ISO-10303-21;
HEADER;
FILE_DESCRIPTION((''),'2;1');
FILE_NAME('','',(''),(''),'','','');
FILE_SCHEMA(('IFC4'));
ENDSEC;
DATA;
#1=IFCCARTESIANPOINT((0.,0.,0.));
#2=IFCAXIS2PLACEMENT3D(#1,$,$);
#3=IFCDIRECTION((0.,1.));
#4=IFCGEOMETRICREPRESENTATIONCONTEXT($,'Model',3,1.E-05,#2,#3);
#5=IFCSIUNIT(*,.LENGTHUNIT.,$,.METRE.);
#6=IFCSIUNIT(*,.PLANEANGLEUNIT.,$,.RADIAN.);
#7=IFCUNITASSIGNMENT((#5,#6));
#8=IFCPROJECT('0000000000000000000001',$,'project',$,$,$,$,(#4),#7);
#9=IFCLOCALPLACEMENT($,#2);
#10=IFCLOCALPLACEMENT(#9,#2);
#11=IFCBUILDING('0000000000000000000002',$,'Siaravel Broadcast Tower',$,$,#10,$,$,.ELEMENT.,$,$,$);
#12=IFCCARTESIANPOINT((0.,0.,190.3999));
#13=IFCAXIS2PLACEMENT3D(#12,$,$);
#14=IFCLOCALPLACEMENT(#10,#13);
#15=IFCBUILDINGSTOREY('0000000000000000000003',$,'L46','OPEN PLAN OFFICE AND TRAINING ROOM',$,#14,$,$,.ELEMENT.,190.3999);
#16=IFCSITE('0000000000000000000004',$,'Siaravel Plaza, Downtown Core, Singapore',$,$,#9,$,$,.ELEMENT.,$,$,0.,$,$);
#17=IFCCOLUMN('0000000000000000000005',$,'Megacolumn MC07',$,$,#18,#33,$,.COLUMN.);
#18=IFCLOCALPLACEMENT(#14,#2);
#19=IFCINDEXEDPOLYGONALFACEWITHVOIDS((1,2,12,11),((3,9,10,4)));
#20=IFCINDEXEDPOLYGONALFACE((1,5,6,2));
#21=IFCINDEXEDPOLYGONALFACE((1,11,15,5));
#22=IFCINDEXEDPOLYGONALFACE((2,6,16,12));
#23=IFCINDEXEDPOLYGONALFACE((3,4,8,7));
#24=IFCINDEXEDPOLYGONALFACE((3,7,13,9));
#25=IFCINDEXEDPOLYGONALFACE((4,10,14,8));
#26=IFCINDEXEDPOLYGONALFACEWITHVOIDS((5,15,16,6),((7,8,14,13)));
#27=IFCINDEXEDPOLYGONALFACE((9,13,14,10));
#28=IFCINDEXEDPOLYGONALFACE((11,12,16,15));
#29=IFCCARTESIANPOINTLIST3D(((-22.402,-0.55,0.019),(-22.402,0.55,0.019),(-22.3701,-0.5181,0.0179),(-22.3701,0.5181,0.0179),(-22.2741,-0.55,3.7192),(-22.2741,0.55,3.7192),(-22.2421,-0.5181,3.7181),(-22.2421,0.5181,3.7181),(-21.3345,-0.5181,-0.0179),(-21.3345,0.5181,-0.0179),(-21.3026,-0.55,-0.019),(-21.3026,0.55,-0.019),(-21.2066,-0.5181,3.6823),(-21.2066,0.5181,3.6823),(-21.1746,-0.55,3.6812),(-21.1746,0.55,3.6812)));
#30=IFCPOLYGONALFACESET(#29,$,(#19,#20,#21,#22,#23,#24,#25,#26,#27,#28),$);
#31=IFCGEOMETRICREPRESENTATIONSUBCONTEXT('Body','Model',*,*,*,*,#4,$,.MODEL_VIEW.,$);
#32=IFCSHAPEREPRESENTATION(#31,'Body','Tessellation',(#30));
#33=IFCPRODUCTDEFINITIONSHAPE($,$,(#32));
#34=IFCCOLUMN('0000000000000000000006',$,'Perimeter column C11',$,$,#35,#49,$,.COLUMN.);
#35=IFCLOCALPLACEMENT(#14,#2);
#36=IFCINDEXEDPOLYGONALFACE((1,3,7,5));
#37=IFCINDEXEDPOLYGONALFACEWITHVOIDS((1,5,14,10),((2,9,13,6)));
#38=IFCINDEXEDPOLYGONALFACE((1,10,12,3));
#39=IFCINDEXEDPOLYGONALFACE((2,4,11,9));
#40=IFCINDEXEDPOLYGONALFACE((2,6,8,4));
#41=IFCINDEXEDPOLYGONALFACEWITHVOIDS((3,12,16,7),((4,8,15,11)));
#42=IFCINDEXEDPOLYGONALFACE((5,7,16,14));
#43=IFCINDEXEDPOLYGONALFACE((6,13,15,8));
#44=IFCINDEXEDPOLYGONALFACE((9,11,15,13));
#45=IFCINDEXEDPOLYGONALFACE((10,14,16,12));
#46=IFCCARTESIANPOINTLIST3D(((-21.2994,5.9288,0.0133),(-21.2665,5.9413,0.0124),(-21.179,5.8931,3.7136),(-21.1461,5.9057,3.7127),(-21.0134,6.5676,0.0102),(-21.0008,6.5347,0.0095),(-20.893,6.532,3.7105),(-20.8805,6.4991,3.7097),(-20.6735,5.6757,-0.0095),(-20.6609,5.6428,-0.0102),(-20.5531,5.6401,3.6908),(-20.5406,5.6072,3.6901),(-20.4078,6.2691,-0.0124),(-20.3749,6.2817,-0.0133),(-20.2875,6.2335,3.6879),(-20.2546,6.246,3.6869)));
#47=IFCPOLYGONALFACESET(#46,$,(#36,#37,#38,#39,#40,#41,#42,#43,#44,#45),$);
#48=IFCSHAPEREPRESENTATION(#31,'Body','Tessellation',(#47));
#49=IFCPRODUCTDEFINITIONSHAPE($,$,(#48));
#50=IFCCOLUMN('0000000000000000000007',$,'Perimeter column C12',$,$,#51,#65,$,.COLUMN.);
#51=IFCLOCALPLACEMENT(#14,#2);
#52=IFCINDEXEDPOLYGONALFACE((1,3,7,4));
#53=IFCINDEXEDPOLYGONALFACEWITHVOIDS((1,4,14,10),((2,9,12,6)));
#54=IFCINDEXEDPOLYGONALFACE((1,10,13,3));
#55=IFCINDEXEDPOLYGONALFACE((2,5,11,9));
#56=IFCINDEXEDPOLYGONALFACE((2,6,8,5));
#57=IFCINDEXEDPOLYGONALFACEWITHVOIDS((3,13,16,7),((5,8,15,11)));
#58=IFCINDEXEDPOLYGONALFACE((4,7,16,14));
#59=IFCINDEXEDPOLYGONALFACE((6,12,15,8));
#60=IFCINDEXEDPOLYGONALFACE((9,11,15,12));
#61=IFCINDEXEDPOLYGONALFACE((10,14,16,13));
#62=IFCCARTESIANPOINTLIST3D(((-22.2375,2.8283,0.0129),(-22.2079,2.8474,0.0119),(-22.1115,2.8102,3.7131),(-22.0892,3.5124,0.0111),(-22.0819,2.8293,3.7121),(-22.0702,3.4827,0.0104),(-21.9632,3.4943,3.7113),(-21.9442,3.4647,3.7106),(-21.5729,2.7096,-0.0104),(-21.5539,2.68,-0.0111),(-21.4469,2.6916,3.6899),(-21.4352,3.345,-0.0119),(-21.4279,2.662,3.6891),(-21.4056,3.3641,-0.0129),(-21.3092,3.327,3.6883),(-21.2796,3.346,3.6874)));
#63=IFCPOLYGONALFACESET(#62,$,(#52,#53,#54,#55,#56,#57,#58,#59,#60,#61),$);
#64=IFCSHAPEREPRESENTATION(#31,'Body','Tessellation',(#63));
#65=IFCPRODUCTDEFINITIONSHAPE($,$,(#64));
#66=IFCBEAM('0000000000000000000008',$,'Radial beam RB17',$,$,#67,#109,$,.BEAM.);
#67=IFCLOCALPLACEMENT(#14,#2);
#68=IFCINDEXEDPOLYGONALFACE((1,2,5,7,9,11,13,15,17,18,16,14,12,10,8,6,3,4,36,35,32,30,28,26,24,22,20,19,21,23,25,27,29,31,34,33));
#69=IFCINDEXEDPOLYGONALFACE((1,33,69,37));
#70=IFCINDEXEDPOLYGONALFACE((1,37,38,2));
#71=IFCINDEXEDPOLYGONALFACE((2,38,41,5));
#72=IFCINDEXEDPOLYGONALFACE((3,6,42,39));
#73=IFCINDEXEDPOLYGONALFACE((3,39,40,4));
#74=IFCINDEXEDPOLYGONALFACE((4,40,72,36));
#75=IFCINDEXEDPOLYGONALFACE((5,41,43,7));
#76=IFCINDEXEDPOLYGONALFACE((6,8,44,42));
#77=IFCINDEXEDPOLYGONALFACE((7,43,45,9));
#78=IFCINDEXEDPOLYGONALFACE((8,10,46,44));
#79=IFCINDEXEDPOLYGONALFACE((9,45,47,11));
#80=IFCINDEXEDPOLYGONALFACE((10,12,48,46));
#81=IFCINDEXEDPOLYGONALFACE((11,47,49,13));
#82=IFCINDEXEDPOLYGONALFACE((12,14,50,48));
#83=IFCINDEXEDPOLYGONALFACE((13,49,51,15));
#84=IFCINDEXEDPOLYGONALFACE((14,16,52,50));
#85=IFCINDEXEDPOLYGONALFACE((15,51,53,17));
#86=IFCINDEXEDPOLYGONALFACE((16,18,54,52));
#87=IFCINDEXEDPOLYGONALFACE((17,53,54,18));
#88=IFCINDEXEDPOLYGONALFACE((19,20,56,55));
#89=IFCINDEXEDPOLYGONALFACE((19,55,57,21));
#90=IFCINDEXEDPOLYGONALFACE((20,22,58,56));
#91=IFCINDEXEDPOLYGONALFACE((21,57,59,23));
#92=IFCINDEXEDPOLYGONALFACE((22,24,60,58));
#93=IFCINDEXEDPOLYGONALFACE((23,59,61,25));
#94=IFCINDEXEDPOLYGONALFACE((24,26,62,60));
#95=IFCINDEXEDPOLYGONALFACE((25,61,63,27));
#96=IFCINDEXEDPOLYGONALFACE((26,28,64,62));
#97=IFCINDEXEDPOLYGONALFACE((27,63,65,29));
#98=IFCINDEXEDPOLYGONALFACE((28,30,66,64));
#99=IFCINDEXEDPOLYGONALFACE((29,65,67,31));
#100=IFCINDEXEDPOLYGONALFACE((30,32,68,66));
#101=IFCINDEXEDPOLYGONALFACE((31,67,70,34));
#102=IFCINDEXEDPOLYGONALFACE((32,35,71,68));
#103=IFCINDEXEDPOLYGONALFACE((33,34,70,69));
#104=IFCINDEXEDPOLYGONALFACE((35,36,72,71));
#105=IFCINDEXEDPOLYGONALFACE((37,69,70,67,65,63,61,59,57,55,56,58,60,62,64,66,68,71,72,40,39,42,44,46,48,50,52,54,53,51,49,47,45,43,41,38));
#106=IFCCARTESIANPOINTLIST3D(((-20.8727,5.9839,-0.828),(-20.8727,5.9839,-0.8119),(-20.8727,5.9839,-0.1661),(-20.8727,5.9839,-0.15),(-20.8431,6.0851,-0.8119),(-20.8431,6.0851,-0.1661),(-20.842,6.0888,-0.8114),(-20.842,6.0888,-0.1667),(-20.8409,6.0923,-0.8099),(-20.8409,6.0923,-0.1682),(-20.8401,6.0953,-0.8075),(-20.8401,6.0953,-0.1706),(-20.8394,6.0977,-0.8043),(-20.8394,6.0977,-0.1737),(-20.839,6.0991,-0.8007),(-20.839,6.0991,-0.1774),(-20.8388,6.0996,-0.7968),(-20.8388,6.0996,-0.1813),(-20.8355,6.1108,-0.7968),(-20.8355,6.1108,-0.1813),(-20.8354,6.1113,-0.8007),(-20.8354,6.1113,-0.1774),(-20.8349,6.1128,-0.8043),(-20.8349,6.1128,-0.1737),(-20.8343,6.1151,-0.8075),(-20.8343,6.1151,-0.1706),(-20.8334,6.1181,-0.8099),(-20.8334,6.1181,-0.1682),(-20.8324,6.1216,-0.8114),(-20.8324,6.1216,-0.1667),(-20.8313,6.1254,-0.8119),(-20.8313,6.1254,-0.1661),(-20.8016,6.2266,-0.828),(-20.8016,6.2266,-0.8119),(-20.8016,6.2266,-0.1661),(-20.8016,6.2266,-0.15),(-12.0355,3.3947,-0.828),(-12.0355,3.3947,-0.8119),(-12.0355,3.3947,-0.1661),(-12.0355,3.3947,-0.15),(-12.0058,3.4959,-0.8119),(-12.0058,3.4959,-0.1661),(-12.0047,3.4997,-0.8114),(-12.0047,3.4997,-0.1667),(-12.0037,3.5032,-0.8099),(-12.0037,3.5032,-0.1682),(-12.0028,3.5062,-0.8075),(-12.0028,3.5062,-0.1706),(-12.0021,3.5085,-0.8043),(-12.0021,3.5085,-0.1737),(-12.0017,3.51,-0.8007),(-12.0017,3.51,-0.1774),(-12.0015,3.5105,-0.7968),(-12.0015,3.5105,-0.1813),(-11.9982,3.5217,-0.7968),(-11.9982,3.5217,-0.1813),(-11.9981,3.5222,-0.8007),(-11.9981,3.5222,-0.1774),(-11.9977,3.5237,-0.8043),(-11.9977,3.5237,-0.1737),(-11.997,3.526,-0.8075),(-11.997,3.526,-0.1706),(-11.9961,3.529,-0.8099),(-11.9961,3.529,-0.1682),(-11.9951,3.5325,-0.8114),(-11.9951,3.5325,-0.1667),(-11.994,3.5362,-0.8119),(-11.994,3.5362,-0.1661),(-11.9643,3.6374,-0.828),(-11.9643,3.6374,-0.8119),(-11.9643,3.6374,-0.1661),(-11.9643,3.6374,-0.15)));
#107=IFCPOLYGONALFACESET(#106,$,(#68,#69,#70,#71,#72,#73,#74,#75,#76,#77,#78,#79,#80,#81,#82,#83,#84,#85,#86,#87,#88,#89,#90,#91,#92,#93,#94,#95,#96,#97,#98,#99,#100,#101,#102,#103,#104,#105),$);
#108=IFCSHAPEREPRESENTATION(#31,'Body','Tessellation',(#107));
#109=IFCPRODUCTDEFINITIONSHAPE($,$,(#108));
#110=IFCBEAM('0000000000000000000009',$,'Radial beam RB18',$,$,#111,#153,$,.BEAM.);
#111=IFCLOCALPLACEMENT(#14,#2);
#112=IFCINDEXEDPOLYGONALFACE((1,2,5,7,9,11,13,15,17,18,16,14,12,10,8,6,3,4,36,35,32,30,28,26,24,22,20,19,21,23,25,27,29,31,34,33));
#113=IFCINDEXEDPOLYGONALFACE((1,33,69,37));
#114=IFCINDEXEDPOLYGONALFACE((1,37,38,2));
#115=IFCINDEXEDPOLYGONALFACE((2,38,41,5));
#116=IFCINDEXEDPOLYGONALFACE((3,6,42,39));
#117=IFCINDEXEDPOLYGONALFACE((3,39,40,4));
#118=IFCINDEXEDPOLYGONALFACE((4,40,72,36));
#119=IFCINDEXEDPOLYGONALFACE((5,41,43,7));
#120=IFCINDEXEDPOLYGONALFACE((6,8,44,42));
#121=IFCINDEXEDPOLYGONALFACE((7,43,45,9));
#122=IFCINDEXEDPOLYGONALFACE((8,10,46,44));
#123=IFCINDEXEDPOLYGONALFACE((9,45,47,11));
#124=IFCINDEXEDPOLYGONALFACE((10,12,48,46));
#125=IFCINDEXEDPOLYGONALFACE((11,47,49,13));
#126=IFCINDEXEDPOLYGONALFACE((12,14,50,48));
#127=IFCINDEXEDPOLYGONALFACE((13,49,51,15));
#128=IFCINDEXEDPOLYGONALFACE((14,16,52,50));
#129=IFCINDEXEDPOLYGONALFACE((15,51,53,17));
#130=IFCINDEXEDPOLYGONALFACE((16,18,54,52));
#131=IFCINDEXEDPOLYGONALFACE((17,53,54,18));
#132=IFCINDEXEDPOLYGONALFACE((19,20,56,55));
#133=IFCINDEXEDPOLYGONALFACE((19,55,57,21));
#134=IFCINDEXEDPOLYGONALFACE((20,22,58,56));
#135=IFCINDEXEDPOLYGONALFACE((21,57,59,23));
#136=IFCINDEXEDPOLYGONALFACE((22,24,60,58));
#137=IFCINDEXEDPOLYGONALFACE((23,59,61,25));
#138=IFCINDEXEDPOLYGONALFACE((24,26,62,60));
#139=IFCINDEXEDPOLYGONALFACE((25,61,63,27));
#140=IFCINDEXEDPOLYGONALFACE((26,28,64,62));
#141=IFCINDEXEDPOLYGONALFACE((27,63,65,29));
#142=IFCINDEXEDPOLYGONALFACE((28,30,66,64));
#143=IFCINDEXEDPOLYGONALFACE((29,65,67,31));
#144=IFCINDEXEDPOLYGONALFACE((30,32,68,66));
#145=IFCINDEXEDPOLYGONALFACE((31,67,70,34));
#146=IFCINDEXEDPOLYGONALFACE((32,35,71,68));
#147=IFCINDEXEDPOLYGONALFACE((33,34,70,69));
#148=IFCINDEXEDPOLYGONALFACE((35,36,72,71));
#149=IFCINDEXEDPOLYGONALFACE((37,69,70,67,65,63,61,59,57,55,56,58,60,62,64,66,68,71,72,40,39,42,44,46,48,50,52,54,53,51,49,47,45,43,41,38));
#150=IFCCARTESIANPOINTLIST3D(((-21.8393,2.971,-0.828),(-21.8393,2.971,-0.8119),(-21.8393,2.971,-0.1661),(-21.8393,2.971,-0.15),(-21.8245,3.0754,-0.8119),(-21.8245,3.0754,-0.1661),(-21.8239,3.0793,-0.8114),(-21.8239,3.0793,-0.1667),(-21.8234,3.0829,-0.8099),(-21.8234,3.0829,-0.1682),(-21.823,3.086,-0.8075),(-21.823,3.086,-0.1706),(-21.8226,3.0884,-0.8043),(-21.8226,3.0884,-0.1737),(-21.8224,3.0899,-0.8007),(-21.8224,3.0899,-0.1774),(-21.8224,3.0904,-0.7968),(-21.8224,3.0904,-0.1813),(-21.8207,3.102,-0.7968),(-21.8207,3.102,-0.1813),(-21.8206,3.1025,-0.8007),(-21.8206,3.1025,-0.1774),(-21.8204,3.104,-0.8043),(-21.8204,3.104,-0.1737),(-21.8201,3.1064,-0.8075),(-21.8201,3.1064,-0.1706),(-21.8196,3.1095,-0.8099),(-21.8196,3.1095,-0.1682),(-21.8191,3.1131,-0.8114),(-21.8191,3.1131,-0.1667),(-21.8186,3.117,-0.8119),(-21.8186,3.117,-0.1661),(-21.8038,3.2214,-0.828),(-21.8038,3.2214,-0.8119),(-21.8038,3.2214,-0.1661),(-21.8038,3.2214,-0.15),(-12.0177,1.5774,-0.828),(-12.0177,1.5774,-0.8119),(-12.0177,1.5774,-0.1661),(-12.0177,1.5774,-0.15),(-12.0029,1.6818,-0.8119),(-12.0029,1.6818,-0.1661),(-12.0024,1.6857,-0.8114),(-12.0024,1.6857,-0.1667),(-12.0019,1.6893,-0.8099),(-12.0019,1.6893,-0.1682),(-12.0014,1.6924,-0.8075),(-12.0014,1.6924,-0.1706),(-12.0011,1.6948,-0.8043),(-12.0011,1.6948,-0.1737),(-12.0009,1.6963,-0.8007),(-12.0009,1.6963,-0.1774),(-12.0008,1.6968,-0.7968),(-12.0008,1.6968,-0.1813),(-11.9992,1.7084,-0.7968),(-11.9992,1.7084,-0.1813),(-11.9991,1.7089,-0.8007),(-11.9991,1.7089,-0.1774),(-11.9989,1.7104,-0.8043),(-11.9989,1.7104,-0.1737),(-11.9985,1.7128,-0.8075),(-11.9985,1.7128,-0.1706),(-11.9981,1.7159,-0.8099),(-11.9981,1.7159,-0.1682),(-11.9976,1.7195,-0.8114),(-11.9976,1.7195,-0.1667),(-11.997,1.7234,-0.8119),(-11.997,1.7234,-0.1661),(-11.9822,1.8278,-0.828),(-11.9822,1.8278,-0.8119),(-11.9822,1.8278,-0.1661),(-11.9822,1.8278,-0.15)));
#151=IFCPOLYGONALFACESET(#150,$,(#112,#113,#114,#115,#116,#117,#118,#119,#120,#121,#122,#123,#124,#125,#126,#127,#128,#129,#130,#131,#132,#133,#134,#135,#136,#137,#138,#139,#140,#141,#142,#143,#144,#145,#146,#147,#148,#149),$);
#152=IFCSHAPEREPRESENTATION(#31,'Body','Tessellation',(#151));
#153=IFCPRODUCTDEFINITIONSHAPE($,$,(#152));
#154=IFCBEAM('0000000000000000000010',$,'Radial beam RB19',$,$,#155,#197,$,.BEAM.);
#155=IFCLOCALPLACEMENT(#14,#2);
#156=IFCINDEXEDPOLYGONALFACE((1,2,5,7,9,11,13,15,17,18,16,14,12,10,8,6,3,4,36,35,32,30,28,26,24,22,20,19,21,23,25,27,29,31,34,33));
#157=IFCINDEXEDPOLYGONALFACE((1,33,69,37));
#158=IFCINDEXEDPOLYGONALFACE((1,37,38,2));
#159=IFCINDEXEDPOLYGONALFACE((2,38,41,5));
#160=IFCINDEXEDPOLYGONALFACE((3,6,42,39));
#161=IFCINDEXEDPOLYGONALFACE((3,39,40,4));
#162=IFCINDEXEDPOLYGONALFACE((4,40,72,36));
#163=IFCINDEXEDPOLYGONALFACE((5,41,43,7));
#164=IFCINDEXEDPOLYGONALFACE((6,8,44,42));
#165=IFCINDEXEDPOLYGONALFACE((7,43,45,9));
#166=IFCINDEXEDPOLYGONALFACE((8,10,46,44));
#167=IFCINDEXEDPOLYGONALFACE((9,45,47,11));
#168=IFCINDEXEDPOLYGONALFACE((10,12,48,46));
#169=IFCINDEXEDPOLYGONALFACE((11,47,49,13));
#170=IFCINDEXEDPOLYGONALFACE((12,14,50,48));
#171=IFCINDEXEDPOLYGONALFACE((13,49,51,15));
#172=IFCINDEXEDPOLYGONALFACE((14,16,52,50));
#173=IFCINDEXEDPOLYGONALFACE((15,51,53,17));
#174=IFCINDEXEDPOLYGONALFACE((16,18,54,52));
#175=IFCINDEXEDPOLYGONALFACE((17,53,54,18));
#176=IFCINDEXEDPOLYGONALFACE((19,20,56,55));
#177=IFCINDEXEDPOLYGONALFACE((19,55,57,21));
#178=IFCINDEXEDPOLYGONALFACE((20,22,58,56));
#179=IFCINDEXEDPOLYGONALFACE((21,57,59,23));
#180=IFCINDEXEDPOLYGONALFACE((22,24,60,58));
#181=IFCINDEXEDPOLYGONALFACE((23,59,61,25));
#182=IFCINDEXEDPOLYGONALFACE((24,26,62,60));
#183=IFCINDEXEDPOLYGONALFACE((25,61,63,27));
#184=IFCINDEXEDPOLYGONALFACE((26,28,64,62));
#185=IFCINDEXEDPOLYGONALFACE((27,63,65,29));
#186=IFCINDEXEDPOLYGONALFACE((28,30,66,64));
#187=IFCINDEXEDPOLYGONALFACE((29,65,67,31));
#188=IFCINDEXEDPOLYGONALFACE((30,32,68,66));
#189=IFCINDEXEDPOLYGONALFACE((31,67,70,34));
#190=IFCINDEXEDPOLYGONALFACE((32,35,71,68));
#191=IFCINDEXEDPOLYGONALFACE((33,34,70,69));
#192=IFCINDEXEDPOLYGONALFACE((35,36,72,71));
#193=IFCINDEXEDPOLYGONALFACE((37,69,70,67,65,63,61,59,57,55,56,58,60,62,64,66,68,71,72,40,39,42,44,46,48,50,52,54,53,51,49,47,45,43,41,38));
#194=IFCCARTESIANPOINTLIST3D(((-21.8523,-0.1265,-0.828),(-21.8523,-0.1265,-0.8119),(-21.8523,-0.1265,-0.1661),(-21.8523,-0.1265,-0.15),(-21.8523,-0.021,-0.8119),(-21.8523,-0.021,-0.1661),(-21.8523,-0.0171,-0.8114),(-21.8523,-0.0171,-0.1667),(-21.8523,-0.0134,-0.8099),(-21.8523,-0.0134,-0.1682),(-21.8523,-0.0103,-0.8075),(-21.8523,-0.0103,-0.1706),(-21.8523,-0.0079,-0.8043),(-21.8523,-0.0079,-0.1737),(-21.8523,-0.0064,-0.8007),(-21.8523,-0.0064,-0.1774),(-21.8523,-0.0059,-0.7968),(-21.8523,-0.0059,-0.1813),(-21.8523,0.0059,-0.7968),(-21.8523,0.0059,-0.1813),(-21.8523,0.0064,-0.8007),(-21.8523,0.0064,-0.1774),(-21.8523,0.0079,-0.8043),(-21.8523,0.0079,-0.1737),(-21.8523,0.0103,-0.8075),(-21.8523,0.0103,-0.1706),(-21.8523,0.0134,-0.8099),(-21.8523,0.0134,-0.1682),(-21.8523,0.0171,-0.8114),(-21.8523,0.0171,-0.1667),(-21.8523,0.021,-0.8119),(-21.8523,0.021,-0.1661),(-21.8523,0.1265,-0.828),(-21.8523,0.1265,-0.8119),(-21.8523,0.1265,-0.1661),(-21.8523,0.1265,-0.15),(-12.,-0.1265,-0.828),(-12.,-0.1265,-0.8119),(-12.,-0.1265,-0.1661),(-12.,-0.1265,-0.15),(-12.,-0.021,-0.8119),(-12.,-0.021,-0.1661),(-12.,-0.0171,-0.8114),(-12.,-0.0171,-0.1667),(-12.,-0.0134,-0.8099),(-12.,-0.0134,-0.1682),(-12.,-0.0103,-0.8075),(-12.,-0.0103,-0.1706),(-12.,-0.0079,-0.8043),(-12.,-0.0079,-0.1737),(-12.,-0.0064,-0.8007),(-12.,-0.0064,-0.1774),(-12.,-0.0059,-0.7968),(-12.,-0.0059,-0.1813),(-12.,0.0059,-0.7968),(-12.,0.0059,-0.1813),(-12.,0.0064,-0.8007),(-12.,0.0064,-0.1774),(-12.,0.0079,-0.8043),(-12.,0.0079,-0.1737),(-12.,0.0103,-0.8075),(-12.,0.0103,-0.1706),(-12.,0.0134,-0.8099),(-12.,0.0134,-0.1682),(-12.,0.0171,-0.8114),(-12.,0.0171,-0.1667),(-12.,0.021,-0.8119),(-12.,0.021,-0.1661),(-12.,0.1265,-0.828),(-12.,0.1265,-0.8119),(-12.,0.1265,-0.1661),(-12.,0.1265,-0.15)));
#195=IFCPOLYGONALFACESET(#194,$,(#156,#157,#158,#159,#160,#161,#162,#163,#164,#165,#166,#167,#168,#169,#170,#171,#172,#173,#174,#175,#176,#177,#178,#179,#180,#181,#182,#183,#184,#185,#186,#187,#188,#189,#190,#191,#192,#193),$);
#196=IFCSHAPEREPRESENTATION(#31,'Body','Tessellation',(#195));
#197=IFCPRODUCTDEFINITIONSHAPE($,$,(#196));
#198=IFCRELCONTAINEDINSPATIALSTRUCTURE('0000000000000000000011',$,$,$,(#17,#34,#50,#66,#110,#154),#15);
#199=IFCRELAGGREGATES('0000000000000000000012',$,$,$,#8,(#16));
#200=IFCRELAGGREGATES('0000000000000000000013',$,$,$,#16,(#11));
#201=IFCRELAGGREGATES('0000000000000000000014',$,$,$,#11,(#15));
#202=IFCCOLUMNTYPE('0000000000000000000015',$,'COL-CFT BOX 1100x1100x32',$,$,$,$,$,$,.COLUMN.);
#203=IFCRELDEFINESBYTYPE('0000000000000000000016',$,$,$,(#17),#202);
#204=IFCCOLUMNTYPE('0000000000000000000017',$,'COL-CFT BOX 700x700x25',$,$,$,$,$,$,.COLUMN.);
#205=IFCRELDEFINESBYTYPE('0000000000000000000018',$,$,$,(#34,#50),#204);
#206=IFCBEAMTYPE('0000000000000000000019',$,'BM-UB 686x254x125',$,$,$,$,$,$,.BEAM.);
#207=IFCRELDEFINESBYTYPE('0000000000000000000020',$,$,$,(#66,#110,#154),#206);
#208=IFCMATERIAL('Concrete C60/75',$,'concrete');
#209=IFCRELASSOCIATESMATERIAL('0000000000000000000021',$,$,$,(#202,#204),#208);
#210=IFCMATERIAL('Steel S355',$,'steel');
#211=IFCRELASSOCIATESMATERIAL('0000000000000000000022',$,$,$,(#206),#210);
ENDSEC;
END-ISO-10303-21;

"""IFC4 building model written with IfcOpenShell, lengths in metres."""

from ifc_helpers import new_model, si_unit, direction, frame, origin, origin_2d, place, context, subcontext, project, spatial, hollow_rectangle, i_section, extrude, material, material_profile, profile_set, type_object, element, save


model = new_model("IFC4")

# Units and contexts
model_context = context("Model", 3, precision=1e-05, world=origin(), true_north=direction((0.0, 1.0)))
body_context = subcontext(model_context, "Body", "Model", "MODEL_VIEW")
ifc_project = project(units=[si_unit("LENGTHUNIT", "METRE"), si_unit("PLANEANGLEUNIT", "RADIAN")], contexts=[model_context])

# Site, building, storey
site_placement = place(None, origin())
site = spatial("IfcSite", under=ifc_project, at=site_placement, Name="Siaravel Plaza, Downtown Core, Singapore", CompositionType="ELEMENT", RefElevation=0.0)
building_placement = place(site_placement, origin())
building = spatial("IfcBuilding", under=site, at=building_placement, Name="Siaravel Broadcast Tower", CompositionType="ELEMENT")
storey_placement = place(building_placement, frame((0.0, 0.0, 190.3999)))
storey = spatial("IfcBuildingStorey", under=building, at=storey_placement, Name="L46", Description="OPEN PLAN OFFICE AND TRAINING ROOM", CompositionType="ELEMENT", Elevation=190.3999)

# Columns
ifc_material_1 = material(Name="Concrete C60/75", Category="concrete")
ifc_material_profile_1 = material_profile(ifc_material_1, hollow_rectangle(XDim=1.1001, YDim=1.1001, WallThickness=0.032, at=origin_2d()))
ifc_profile_set_1 = profile_set([ifc_material_profile_1], Name="Concrete C60/75")
column_type_1 = type_object("IfcColumnType", Name="COL-CFT BOX 1100x1100x32", PredefinedType="COLUMN", material=ifc_profile_set_1)
column_placement = place(storey_placement, frame((-21.8523, 0.0, 0.0), z_axis=(0.034553, 0.0, 0.999403), x_axis=(0.0, 1.0, 0.0)))
element("IfcColumn", 1, at=column_placement, inside=storey, type_object=column_type_1, Name="Megacolumn MC07", PredefinedType="COLUMN", context=body_context, shape_type="SweptSolid", body=[
    extrude(hollow_rectangle(XDim=1.1001, YDim=1.1001, WallThickness=0.032, at=origin_2d()), origin(), (0.0, 0.0, 1.0), 3.7024),
])
ifc_material_profile_2 = material_profile(ifc_material_1, hollow_rectangle(XDim=0.7, YDim=0.7, WallThickness=0.0249, at=origin_2d()))
ifc_profile_set_2 = profile_set([ifc_material_profile_2], Name="Concrete C60/75")
column_type_2 = type_object("IfcColumnType", Name="COL-CFT BOX 700x700x25", PredefinedType="COLUMN", material=ifc_profile_set_2)
for number, where, z_axis, x_axis, name in (
    (2, (-20.8372, 6.1052, 0.0), (0.03251, -0.009628, 0.999425), (0.408631, 0.912689, -0.0045), "Perimeter column C11"),
    (3, (-21.8215, 3.0962, 0.0), (0.034026, -0.00488, 0.999409), (0.211866, 0.977296, -0.002441), "Perimeter column C12"),
):
    element("IfcColumn", number, at=place(storey_placement, frame(where, z_axis=z_axis, x_axis=x_axis)), inside=storey, type_object=column_type_2, Name=name, PredefinedType="COLUMN", context=body_context, shape_type="SweptSolid", body=[
        extrude(hollow_rectangle(XDim=0.7, YDim=0.7, WallThickness=0.0249, at=origin_2d()), origin(), (0.0, 0.0, 1.0), 3.7024),
    ])

# Beams
ifc_material_2 = material(Name="Steel S355", Category="steel")
ifc_material_profile_3 = material_profile(ifc_material_2, i_section(OverallWidth=0.2529, OverallDepth=0.678, WebThickness=0.0117, FlangeThickness=0.0161, FilletRadius=0.0151, at=origin_2d()))
ifc_profile_set_3 = profile_set([ifc_material_profile_3], Name="Steel S355")
beam_type = type_object("IfcBeamType", Name="BM-UB 686x254x125", PredefinedType="BEAM", material=ifc_profile_set_3)
beam_1_placement = place(storey_placement, frame((-20.8372, 6.1052, -0.489), z_axis=(0.95966, -0.281161, 0.0), x_axis=(0.281161, 0.95966, 0.0)))
element("IfcBeam", 4, at=beam_1_placement, inside=storey, type_object=beam_type, Name="Radial beam RB17", PredefinedType="BEAM", context=body_context, shape_type="SweptSolid", body=[
    extrude(i_section(OverallWidth=0.2529, OverallDepth=0.678, WebThickness=0.0117, FlangeThickness=0.0161, FilletRadius=0.0151, at=origin_2d()), origin(), (0.0, 0.0, 1.0), 9.2087),
])
beam_2_placement = place(storey_placement, frame((-21.8215, 3.0962, -0.489), z_axis=(0.990083, -0.140481, 0.0), x_axis=(0.140481, 0.990083, 0.0)))
element("IfcBeam", 5, at=beam_2_placement, inside=storey, type_object=beam_type, Name="Radial beam RB18", PredefinedType="BEAM", context=body_context, shape_type="SweptSolid", body=[
    extrude(i_section(OverallWidth=0.2529, OverallDepth=0.678, WebThickness=0.0117, FlangeThickness=0.0161, FilletRadius=0.0151, at=origin_2d()), origin(), (0.0, 0.0, 1.0), 9.9199),
])
beam_3_placement = place(storey_placement, frame((-21.8523, 0.0, -0.489), z_axis=(1.0, 0.0, 0.0), x_axis=(0.0, 1.0, 0.0)))
element("IfcBeam", 6, at=beam_3_placement, inside=storey, type_object=beam_type, Name="Radial beam RB19", PredefinedType="BEAM", context=body_context, shape_type="SweptSolid", body=[
    extrude(i_section(OverallWidth=0.2529, OverallDepth=0.678, WebThickness=0.0117, FlangeThickness=0.0161, FilletRadius=0.0151, at=origin_2d()), origin(), (0.0, 0.0, 1.0), 9.8523),
])

save(model, "model.ifc")
